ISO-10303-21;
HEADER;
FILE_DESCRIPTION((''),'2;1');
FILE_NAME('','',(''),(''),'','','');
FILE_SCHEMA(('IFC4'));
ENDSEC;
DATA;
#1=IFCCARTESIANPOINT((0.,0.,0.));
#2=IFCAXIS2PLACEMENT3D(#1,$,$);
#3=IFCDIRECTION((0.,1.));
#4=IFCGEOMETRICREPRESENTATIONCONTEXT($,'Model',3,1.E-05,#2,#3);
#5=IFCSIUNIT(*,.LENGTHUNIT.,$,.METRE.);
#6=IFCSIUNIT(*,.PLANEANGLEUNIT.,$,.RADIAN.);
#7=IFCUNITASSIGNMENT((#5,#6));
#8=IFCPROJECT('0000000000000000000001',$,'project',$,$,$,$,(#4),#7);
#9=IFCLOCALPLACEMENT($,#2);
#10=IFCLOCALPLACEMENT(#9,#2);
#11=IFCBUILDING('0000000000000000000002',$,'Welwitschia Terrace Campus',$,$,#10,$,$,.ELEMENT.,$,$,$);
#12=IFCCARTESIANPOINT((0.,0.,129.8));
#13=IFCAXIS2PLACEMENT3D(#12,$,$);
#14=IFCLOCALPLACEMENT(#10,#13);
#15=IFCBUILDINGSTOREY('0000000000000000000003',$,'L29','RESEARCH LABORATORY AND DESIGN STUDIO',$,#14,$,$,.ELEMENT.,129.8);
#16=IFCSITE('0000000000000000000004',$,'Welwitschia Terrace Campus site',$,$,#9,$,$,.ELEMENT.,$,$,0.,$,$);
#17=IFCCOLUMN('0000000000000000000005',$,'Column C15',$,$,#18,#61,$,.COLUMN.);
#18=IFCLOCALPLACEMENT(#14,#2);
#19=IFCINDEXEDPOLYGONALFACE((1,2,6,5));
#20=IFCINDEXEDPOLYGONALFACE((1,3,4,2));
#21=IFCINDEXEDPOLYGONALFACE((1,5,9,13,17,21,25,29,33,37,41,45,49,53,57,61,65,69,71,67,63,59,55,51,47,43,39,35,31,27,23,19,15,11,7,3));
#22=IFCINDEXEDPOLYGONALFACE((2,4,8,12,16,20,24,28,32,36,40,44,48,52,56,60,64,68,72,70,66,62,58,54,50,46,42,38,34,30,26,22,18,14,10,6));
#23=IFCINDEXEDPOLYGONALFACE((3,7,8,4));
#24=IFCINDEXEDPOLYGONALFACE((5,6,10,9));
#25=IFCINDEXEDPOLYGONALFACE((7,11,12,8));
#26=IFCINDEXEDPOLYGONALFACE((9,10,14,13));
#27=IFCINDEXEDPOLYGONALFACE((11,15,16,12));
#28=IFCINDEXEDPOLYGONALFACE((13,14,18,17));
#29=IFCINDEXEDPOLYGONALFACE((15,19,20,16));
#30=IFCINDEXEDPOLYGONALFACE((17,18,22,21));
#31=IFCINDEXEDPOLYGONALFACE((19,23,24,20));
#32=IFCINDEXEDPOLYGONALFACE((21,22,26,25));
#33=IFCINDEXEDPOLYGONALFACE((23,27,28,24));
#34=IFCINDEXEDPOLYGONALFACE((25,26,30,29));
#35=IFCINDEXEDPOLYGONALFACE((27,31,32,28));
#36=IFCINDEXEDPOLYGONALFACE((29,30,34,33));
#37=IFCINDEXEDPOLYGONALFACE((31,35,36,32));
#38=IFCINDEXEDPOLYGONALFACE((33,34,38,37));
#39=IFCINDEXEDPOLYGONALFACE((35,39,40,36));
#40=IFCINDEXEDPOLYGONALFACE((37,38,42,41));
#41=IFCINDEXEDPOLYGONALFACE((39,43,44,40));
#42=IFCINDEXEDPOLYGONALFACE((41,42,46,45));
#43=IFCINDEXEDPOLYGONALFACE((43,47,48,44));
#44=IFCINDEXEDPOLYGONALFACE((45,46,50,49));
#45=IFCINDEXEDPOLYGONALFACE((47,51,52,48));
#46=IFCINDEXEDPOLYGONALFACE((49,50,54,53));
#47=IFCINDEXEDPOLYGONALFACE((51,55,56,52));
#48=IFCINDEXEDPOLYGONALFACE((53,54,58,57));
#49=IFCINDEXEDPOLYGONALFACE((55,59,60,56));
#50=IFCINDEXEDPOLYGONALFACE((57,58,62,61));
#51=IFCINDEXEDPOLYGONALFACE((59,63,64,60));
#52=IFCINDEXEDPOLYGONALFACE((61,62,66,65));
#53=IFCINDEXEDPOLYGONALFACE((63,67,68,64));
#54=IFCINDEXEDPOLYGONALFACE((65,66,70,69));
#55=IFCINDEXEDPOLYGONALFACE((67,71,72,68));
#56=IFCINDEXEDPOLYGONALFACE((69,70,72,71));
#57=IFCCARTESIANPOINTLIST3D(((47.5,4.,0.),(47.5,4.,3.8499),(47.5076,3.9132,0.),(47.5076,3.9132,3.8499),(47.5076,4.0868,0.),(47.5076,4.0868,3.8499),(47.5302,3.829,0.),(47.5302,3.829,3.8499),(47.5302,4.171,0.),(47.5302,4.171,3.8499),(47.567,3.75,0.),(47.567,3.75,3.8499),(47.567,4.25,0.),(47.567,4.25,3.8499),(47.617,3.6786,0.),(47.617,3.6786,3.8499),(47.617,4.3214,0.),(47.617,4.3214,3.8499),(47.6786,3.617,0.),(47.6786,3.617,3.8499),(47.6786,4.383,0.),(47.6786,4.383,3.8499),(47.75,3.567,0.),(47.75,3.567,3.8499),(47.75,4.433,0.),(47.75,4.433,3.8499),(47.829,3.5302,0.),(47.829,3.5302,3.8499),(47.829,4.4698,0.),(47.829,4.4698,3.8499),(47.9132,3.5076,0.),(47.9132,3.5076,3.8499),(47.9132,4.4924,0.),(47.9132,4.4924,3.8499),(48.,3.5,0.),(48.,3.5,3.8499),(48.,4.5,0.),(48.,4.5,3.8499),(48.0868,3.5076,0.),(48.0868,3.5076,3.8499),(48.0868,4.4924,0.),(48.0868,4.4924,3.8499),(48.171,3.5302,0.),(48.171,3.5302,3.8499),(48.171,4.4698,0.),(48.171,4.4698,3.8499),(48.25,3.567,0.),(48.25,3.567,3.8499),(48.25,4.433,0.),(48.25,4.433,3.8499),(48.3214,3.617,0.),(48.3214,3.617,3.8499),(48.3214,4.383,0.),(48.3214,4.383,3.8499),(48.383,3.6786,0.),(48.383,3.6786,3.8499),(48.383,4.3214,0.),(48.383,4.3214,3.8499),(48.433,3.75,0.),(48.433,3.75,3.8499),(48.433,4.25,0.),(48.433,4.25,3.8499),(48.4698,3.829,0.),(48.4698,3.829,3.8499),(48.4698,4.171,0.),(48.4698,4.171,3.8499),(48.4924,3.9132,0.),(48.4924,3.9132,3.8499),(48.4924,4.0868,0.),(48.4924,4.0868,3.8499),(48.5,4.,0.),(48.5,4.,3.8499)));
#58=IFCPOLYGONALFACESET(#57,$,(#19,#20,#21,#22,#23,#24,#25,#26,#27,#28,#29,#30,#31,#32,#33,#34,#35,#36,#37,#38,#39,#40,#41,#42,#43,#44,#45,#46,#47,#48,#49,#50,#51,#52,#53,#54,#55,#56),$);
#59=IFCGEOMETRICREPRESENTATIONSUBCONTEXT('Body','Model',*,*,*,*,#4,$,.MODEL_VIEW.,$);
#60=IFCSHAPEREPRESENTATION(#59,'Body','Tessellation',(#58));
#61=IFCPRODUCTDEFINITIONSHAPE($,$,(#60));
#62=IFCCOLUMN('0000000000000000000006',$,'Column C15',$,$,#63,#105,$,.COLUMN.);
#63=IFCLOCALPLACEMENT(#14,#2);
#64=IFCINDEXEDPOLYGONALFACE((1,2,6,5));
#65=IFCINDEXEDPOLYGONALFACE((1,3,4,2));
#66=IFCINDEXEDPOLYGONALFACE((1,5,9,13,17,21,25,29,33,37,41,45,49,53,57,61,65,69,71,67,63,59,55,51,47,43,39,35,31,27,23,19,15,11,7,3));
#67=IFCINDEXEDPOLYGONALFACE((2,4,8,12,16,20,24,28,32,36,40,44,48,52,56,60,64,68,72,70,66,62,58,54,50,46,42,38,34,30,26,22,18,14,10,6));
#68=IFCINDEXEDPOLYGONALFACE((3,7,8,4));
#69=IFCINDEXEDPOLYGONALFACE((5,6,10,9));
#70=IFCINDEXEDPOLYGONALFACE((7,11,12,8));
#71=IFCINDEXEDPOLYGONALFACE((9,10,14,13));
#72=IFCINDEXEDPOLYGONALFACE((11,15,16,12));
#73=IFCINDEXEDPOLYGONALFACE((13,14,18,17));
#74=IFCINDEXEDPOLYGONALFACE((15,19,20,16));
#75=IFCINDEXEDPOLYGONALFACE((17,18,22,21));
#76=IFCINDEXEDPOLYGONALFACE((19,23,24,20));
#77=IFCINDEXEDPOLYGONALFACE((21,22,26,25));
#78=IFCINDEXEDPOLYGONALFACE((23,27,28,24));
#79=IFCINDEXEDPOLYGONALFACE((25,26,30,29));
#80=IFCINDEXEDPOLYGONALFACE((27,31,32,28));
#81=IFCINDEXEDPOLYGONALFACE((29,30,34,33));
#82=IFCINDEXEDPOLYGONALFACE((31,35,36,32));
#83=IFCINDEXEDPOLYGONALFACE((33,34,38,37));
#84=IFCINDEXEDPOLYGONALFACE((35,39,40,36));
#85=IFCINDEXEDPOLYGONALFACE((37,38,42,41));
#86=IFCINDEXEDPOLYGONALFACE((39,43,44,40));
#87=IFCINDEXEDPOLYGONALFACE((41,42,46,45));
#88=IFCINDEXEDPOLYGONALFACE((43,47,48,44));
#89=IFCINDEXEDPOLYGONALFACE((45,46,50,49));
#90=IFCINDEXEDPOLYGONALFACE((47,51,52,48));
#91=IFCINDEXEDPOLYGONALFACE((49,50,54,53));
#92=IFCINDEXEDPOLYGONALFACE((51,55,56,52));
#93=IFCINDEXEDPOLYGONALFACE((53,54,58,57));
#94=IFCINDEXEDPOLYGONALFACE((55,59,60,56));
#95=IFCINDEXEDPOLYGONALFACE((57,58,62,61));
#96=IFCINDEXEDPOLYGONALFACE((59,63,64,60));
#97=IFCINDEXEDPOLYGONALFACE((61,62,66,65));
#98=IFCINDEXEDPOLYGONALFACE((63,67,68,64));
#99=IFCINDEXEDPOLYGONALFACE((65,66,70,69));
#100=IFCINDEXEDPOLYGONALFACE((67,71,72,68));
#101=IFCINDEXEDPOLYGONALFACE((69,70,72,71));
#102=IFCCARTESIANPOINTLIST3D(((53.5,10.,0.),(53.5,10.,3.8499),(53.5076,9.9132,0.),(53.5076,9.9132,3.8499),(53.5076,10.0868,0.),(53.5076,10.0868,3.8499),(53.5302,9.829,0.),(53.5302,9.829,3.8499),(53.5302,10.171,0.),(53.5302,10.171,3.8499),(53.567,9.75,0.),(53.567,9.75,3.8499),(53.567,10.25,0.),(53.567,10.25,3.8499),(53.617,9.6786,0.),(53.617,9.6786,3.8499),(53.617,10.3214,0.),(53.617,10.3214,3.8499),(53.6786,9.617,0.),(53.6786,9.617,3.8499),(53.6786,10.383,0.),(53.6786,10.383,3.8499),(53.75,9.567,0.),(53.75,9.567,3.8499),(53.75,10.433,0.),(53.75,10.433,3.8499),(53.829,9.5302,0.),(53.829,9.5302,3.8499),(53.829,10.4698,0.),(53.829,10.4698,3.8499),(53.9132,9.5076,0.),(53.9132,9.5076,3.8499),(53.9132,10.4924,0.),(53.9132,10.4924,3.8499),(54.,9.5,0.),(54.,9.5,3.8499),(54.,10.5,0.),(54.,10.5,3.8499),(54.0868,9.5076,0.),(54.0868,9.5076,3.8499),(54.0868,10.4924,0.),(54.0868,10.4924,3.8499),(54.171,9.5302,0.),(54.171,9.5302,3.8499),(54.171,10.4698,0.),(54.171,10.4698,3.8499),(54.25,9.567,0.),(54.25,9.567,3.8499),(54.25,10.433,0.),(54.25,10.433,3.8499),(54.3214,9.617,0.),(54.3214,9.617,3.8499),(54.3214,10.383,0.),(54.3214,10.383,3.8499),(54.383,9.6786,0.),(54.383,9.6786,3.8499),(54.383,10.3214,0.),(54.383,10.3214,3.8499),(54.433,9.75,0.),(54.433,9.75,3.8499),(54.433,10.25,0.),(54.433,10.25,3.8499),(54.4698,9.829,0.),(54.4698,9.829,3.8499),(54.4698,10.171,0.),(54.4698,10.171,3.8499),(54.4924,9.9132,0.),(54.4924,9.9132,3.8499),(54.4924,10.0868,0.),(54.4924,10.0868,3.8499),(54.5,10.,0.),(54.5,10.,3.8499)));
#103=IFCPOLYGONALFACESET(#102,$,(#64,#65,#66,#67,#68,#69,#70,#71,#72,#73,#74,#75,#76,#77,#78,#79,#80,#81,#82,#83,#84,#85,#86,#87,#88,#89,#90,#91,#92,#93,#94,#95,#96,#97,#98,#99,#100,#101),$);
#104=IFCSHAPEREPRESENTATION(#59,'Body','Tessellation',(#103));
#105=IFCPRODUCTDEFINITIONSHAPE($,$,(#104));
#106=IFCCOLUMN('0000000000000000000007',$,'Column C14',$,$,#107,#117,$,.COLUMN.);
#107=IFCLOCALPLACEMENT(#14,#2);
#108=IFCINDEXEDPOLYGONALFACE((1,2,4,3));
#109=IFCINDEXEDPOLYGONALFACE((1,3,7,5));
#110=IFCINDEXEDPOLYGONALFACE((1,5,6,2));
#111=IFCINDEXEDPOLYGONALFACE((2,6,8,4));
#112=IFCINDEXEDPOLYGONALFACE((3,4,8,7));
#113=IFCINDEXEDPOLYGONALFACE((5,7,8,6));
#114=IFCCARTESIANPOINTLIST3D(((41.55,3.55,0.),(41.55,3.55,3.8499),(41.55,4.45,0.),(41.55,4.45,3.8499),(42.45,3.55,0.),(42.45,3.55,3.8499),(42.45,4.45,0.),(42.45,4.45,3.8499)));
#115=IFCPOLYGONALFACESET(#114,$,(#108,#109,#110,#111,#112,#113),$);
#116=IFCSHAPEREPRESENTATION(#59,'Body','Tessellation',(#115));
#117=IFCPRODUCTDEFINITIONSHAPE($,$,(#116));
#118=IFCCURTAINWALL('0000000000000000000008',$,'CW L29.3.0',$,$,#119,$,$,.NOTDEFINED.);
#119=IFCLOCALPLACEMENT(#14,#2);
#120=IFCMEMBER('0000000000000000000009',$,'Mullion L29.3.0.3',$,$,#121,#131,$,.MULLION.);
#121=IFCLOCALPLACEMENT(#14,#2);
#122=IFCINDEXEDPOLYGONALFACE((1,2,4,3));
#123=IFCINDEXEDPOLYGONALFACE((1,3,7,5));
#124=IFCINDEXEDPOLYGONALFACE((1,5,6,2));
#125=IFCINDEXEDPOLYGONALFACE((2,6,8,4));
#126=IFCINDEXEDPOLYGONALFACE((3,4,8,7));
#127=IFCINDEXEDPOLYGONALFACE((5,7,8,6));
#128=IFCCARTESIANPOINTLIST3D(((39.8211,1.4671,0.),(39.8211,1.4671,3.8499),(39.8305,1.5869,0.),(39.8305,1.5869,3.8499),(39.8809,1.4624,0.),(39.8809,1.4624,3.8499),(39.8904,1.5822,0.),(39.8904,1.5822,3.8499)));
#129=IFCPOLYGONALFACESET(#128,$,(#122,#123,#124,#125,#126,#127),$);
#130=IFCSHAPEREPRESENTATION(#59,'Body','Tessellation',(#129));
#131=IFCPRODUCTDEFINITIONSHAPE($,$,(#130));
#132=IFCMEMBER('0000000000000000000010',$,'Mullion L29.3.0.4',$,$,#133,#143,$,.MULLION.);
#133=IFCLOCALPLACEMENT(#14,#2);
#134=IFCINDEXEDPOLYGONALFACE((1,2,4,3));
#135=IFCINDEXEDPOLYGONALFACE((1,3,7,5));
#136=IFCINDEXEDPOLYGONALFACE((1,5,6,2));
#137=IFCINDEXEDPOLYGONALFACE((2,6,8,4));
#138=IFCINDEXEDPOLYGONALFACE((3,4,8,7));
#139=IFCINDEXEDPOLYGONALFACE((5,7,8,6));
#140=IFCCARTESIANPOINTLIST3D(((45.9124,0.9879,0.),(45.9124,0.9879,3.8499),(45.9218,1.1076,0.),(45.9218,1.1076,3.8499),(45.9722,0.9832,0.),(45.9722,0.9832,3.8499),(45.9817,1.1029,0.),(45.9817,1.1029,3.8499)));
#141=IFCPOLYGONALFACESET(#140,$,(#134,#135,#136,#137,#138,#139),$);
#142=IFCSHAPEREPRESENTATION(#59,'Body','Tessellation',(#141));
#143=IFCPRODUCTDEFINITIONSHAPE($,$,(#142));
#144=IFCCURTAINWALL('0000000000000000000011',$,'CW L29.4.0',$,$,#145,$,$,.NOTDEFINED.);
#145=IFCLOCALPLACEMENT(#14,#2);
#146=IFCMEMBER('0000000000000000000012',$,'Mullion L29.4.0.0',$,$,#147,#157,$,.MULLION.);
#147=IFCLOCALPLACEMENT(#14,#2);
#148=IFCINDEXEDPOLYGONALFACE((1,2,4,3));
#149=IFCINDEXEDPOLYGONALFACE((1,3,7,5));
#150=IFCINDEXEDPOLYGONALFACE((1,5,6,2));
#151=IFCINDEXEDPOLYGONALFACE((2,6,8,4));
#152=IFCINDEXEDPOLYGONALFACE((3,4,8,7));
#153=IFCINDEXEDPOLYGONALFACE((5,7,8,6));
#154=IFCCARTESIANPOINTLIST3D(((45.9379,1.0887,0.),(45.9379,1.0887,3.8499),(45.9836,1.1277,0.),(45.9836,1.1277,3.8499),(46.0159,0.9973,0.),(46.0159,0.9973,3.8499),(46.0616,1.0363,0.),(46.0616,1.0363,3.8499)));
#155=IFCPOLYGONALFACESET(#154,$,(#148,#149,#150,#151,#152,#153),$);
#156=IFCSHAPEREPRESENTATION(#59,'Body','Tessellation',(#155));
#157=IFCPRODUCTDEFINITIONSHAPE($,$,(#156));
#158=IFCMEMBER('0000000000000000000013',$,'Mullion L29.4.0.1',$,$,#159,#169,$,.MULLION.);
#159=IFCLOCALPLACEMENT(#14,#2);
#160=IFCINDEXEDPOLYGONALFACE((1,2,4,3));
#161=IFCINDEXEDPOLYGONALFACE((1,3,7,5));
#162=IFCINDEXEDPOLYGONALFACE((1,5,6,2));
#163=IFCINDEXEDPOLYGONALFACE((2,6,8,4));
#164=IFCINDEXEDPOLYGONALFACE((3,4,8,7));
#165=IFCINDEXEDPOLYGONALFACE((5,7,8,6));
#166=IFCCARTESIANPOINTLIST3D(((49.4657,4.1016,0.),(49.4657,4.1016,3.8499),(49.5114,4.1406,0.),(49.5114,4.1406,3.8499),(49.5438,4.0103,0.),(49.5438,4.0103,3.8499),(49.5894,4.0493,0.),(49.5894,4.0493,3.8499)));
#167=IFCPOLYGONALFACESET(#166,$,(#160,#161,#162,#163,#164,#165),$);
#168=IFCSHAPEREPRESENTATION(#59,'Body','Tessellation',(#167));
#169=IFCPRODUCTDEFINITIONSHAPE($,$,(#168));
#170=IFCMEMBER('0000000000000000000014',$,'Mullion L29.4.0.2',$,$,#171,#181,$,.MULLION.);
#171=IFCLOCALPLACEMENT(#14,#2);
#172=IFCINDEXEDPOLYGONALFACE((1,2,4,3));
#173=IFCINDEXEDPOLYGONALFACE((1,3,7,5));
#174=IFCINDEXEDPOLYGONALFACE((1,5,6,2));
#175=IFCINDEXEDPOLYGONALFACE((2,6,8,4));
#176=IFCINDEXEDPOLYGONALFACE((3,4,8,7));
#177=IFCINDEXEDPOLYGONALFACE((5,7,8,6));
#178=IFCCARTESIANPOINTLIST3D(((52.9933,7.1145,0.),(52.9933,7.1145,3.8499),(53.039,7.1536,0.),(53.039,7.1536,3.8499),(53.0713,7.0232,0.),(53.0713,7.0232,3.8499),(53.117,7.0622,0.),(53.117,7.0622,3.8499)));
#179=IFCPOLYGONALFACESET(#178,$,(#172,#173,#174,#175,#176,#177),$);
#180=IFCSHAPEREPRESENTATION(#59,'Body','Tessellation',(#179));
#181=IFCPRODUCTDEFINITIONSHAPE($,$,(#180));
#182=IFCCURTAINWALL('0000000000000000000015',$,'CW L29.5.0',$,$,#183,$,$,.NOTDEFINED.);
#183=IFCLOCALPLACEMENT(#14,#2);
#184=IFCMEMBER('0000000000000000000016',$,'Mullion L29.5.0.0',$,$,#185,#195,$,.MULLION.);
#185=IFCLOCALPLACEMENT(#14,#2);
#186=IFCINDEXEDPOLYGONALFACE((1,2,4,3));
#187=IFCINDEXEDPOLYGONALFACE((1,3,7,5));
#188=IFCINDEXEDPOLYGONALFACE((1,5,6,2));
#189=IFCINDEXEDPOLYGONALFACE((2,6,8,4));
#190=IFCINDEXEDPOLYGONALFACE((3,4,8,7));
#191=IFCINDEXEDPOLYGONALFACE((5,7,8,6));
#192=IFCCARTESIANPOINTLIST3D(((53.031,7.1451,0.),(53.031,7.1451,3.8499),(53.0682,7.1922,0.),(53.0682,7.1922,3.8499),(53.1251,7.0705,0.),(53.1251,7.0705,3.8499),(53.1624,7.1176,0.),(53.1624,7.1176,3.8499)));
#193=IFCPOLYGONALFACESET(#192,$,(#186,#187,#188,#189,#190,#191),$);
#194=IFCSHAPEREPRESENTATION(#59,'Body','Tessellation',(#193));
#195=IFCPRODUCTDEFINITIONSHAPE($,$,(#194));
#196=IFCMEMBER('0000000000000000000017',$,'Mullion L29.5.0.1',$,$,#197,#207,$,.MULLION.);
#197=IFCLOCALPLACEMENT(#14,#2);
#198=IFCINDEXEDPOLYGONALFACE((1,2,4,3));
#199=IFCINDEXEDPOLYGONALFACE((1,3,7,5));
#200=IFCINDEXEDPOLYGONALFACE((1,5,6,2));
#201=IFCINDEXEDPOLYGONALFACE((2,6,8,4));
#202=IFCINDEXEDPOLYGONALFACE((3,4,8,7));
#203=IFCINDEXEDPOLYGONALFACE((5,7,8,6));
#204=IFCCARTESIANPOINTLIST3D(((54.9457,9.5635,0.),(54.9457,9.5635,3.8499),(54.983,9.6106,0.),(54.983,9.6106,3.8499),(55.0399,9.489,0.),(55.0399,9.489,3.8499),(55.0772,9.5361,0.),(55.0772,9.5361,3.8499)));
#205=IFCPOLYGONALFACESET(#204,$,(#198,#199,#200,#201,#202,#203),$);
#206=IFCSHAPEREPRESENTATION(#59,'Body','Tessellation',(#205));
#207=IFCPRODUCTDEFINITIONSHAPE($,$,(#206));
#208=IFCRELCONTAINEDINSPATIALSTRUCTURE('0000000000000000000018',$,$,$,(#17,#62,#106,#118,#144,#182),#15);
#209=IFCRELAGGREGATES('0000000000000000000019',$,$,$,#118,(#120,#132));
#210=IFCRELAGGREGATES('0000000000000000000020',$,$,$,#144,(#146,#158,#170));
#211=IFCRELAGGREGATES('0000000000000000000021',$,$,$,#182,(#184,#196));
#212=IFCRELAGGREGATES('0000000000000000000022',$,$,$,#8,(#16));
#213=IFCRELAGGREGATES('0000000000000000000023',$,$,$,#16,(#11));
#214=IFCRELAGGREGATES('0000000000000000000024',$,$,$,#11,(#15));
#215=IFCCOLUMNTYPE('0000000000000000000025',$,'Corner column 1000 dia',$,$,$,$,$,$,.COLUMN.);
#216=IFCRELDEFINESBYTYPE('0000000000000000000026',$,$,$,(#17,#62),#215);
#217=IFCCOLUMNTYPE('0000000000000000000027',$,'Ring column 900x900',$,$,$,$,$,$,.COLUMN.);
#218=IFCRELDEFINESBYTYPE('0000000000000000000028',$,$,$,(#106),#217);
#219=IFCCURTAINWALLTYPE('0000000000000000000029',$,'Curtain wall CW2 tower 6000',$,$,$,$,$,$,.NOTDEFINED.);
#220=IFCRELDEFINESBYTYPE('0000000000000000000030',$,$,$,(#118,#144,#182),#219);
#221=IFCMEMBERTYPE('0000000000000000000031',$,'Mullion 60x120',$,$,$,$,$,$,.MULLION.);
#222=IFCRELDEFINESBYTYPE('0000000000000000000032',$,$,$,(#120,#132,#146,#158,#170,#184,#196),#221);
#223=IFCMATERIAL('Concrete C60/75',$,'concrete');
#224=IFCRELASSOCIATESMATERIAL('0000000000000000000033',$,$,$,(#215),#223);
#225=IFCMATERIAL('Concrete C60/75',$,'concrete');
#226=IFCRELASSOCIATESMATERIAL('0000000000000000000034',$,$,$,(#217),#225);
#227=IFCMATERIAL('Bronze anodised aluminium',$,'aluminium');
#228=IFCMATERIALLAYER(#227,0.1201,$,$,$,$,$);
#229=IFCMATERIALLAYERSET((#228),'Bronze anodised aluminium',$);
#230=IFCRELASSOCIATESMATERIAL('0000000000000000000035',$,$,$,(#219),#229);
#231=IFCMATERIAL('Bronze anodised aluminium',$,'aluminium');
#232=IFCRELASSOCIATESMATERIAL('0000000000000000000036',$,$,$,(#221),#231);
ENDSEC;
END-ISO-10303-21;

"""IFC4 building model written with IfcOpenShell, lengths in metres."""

from ifc_helpers import new_model, si_unit, direction, frame, origin, origin_2d, place, context, subcontext, project, spatial, rectangle, circle, extrude, material, layer, layer_set, material_profile, profile_set, type_object, element, aggregate, save


model = new_model("IFC4")

# Units and contexts
model_context = context("Model", 3, precision=1e-05, world=origin(), true_north=direction((0.0, 1.0)))
body_context = subcontext(model_context, "Body", "Model", "MODEL_VIEW")
ifc_project = project(units=[si_unit("LENGTHUNIT", "METRE"), si_unit("PLANEANGLEUNIT", "RADIAN")], contexts=[model_context])

# Site, building, storey
site_placement = place(None, origin())
site = spatial("IfcSite", under=ifc_project, at=site_placement, Name="Welwitschia Terrace Campus site", CompositionType="ELEMENT", RefElevation=0.0)
building_placement = place(site_placement, origin())
building = spatial("IfcBuilding", under=site, at=building_placement, Name="Welwitschia Terrace Campus", CompositionType="ELEMENT")
storey_placement = place(building_placement, frame((0.0, 0.0, 129.8)))
storey = spatial("IfcBuildingStorey", under=building, at=storey_placement, Name="L29", Description="RESEARCH LABORATORY AND DESIGN STUDIO", CompositionType="ELEMENT", Elevation=129.8)

# Columns
ifc_material_1 = material(Name="Concrete C60/75", Category="concrete")
ifc_material_profile_1 = material_profile(ifc_material_1, circle(Radius=0.5, at=origin_2d()))
ifc_profile_set_1 = profile_set([ifc_material_profile_1], Name="Concrete C60/75")
column_type_1 = type_object("IfcColumnType", Name="Corner column 1000 dia", PredefinedType="COLUMN", material=ifc_profile_set_1)
for number, where, z_axis, x_axis, name in (
    (1, (48.0, 4.0, 0.0), (0.0, 0.0, 1.0), (1.0, 0.0, 0.0), "Column C15"),
    (2, (54.0, 10.0, 0.0), (0.0, 0.0, 1.0), (1.0, 0.0, 0.0), "Column C15"),
):
    element("IfcColumn", number, at=place(storey_placement, frame(where, z_axis=z_axis, x_axis=x_axis)), inside=storey, type_object=column_type_1, Name=name, PredefinedType="COLUMN", context=body_context, shape_type="SweptSolid", body=[
        extrude(circle(Radius=0.5, at=origin_2d()), origin(), (0.0, 0.0, 1.0), 3.8499),
    ])
ifc_material_2 = material(Name="Concrete C60/75", Category="concrete")
ifc_material_profile_2 = material_profile(ifc_material_2, rectangle(XDim=0.8999, YDim=0.8999, at=origin_2d()))
ifc_profile_set_2 = profile_set([ifc_material_profile_2], Name="Concrete C60/75")
column_type_2 = type_object("IfcColumnType", Name="Ring column 900x900", PredefinedType="COLUMN", material=ifc_profile_set_2)
column_placement = place(storey_placement, frame((42.0, 4.0, 0.0), z_axis=(0.0, 0.0, 1.0), x_axis=(1.0, 0.0, 0.0)))
element("IfcColumn", 3, at=column_placement, inside=storey, type_object=column_type_2, Name="Column C14", PredefinedType="COLUMN", context=body_context, shape_type="SweptSolid", body=[
    extrude(rectangle(XDim=0.8999, YDim=0.8999, at=origin_2d()), origin(), (0.0, 0.0, 1.0), 3.8499),
])

# Curtain walls, members
ifc_material_3 = material(Name="Bronze anodised aluminium", Category="aluminium")
ifc_layer_1 = layer(ifc_material_3, 0.1201)
ifc_layer_set_1 = layer_set([ifc_layer_1], Name="Bronze anodised aluminium")
curtain_wall_type = type_object("IfcCurtainWallType", Name="Curtain wall CW2 tower 6000", PredefinedType="NOTDEFINED", material=ifc_layer_set_1)
curtain_wall_1_placement = place(storey_placement, origin())
curtain_wall_1 = element("IfcCurtainWall", 4, at=curtain_wall_1_placement, inside=storey, type_object=curtain_wall_type, Name="CW L29.3.0", PredefinedType="NOTDEFINED")
ifc_material_4 = material(Name="Bronze anodised aluminium", Category="aluminium")
ifc_material_profile_3 = material_profile(ifc_material_4, rectangle(XDim=0.1201, YDim=0.0601, at=origin_2d()))
ifc_profile_set_3 = profile_set([ifc_material_profile_3], Name="Bronze anodised aluminium")
member_type_1 = type_object("IfcMemberType", Name="Mullion 60x120", PredefinedType="MULLION", material=ifc_profile_set_3)
member_1_placement = place(storey_placement, frame((39.8557, 1.5247, 0.0), z_axis=(0.0, 0.0, 1.0), x_axis=(0.078459, 0.996917, 0.0)))
member_1 = element("IfcMember", 5, at=member_1_placement, type_object=member_type_1, Name="Mullion L29.3.0.3", PredefinedType="MULLION", context=body_context, shape_type="SweptSolid", body=[
    extrude(rectangle(XDim=0.1201, YDim=0.0601, at=origin_2d()), origin(), (0.0, 0.0, 1.0), 3.8499),
])
member_2_placement = place(storey_placement, frame((45.947, 1.0454, 0.0), z_axis=(0.0, 0.0, 1.0), x_axis=(0.078459, 0.996917, 0.0)))
member_2 = element("IfcMember", 6, at=member_2_placement, type_object=member_type_1, Name="Mullion L29.3.0.4", PredefinedType="MULLION", context=body_context, shape_type="SweptSolid", body=[
    extrude(rectangle(XDim=0.1201, YDim=0.0601, at=origin_2d()), origin(), (0.0, 0.0, 1.0), 3.8499),
])
curtain_wall_2_placement = place(storey_placement, origin())
curtain_wall_2 = element("IfcCurtainWall", 7, at=curtain_wall_2_placement, inside=storey, type_object=curtain_wall_type, Name="CW L29.4.0", PredefinedType="NOTDEFINED")
member_3_placement = place(storey_placement, frame((45.9998, 1.0625, 0.0), z_axis=(0.0, 0.0, 1.0), x_axis=(-0.649448, 0.760406, 0.0)))
member_3 = element("IfcMember", 8, at=member_3_placement, type_object=member_type_1, Name="Mullion L29.4.0.0", PredefinedType="MULLION", context=body_context, shape_type="SweptSolid", body=[
    extrude(rectangle(XDim=0.1201, YDim=0.0601, at=origin_2d()), origin(), (0.0, 0.0, 1.0), 3.8499),
])
member_4_placement = place(storey_placement, frame((49.5276, 4.0754, 0.0), z_axis=(0.0, 0.0, 1.0), x_axis=(-0.649448, 0.760406, 0.0)))
member_4 = element("IfcMember", 9, at=member_4_placement, type_object=member_type_1, Name="Mullion L29.4.0.1", PredefinedType="MULLION", context=body_context, shape_type="SweptSolid", body=[
    extrude(rectangle(XDim=0.1201, YDim=0.0601, at=origin_2d()), origin(), (0.0, 0.0, 1.0), 3.8499),
])
member_5_placement = place(storey_placement, frame((53.0552, 7.0884, 0.0), z_axis=(0.0, 0.0, 1.0), x_axis=(-0.649448, 0.760406, 0.0)))
member_5 = element("IfcMember", 10, at=member_5_placement, type_object=member_type_1, Name="Mullion L29.4.0.2", PredefinedType="MULLION", context=body_context, shape_type="SweptSolid", body=[
    extrude(rectangle(XDim=0.1201, YDim=0.0601, at=origin_2d()), origin(), (0.0, 0.0, 1.0), 3.8499),
])
curtain_wall_3_placement = place(storey_placement, origin())
curtain_wall_3 = element("IfcCurtainWall", 11, at=curtain_wall_3_placement, inside=storey, type_object=curtain_wall_type, Name="CW L29.5.0", PredefinedType="NOTDEFINED")
member_6_placement = place(storey_placement, frame((53.0967, 7.1313, 0.0), z_axis=(0.0, 0.0, 1.0), x_axis=(-0.784035, 0.620717, 0.0)))
member_6 = element("IfcMember", 12, at=member_6_placement, type_object=member_type_1, Name="Mullion L29.5.0.0", PredefinedType="MULLION", context=body_context, shape_type="SweptSolid", body=[
    extrude(rectangle(XDim=0.1201, YDim=0.0601, at=origin_2d()), origin(), (0.0, 0.0, 1.0), 3.8499),
])
member_7_placement = place(storey_placement, frame((55.0115, 9.5498, 0.0), z_axis=(0.0, 0.0, 1.0), x_axis=(-0.784035, 0.620717, 0.0)))
member_7 = element("IfcMember", 13, at=member_7_placement, type_object=member_type_1, Name="Mullion L29.5.0.1", PredefinedType="MULLION", context=body_context, shape_type="SweptSolid", body=[
    extrude(rectangle(XDim=0.1201, YDim=0.0601, at=origin_2d()), origin(), (0.0, 0.0, 1.0), 3.8499),
])

aggregate(curtain_wall_1, [member_1, member_2])
aggregate(curtain_wall_2, [member_3, member_4, member_5])
aggregate(curtain_wall_3, [member_6, member_7])

save(model, "model.ifc")
